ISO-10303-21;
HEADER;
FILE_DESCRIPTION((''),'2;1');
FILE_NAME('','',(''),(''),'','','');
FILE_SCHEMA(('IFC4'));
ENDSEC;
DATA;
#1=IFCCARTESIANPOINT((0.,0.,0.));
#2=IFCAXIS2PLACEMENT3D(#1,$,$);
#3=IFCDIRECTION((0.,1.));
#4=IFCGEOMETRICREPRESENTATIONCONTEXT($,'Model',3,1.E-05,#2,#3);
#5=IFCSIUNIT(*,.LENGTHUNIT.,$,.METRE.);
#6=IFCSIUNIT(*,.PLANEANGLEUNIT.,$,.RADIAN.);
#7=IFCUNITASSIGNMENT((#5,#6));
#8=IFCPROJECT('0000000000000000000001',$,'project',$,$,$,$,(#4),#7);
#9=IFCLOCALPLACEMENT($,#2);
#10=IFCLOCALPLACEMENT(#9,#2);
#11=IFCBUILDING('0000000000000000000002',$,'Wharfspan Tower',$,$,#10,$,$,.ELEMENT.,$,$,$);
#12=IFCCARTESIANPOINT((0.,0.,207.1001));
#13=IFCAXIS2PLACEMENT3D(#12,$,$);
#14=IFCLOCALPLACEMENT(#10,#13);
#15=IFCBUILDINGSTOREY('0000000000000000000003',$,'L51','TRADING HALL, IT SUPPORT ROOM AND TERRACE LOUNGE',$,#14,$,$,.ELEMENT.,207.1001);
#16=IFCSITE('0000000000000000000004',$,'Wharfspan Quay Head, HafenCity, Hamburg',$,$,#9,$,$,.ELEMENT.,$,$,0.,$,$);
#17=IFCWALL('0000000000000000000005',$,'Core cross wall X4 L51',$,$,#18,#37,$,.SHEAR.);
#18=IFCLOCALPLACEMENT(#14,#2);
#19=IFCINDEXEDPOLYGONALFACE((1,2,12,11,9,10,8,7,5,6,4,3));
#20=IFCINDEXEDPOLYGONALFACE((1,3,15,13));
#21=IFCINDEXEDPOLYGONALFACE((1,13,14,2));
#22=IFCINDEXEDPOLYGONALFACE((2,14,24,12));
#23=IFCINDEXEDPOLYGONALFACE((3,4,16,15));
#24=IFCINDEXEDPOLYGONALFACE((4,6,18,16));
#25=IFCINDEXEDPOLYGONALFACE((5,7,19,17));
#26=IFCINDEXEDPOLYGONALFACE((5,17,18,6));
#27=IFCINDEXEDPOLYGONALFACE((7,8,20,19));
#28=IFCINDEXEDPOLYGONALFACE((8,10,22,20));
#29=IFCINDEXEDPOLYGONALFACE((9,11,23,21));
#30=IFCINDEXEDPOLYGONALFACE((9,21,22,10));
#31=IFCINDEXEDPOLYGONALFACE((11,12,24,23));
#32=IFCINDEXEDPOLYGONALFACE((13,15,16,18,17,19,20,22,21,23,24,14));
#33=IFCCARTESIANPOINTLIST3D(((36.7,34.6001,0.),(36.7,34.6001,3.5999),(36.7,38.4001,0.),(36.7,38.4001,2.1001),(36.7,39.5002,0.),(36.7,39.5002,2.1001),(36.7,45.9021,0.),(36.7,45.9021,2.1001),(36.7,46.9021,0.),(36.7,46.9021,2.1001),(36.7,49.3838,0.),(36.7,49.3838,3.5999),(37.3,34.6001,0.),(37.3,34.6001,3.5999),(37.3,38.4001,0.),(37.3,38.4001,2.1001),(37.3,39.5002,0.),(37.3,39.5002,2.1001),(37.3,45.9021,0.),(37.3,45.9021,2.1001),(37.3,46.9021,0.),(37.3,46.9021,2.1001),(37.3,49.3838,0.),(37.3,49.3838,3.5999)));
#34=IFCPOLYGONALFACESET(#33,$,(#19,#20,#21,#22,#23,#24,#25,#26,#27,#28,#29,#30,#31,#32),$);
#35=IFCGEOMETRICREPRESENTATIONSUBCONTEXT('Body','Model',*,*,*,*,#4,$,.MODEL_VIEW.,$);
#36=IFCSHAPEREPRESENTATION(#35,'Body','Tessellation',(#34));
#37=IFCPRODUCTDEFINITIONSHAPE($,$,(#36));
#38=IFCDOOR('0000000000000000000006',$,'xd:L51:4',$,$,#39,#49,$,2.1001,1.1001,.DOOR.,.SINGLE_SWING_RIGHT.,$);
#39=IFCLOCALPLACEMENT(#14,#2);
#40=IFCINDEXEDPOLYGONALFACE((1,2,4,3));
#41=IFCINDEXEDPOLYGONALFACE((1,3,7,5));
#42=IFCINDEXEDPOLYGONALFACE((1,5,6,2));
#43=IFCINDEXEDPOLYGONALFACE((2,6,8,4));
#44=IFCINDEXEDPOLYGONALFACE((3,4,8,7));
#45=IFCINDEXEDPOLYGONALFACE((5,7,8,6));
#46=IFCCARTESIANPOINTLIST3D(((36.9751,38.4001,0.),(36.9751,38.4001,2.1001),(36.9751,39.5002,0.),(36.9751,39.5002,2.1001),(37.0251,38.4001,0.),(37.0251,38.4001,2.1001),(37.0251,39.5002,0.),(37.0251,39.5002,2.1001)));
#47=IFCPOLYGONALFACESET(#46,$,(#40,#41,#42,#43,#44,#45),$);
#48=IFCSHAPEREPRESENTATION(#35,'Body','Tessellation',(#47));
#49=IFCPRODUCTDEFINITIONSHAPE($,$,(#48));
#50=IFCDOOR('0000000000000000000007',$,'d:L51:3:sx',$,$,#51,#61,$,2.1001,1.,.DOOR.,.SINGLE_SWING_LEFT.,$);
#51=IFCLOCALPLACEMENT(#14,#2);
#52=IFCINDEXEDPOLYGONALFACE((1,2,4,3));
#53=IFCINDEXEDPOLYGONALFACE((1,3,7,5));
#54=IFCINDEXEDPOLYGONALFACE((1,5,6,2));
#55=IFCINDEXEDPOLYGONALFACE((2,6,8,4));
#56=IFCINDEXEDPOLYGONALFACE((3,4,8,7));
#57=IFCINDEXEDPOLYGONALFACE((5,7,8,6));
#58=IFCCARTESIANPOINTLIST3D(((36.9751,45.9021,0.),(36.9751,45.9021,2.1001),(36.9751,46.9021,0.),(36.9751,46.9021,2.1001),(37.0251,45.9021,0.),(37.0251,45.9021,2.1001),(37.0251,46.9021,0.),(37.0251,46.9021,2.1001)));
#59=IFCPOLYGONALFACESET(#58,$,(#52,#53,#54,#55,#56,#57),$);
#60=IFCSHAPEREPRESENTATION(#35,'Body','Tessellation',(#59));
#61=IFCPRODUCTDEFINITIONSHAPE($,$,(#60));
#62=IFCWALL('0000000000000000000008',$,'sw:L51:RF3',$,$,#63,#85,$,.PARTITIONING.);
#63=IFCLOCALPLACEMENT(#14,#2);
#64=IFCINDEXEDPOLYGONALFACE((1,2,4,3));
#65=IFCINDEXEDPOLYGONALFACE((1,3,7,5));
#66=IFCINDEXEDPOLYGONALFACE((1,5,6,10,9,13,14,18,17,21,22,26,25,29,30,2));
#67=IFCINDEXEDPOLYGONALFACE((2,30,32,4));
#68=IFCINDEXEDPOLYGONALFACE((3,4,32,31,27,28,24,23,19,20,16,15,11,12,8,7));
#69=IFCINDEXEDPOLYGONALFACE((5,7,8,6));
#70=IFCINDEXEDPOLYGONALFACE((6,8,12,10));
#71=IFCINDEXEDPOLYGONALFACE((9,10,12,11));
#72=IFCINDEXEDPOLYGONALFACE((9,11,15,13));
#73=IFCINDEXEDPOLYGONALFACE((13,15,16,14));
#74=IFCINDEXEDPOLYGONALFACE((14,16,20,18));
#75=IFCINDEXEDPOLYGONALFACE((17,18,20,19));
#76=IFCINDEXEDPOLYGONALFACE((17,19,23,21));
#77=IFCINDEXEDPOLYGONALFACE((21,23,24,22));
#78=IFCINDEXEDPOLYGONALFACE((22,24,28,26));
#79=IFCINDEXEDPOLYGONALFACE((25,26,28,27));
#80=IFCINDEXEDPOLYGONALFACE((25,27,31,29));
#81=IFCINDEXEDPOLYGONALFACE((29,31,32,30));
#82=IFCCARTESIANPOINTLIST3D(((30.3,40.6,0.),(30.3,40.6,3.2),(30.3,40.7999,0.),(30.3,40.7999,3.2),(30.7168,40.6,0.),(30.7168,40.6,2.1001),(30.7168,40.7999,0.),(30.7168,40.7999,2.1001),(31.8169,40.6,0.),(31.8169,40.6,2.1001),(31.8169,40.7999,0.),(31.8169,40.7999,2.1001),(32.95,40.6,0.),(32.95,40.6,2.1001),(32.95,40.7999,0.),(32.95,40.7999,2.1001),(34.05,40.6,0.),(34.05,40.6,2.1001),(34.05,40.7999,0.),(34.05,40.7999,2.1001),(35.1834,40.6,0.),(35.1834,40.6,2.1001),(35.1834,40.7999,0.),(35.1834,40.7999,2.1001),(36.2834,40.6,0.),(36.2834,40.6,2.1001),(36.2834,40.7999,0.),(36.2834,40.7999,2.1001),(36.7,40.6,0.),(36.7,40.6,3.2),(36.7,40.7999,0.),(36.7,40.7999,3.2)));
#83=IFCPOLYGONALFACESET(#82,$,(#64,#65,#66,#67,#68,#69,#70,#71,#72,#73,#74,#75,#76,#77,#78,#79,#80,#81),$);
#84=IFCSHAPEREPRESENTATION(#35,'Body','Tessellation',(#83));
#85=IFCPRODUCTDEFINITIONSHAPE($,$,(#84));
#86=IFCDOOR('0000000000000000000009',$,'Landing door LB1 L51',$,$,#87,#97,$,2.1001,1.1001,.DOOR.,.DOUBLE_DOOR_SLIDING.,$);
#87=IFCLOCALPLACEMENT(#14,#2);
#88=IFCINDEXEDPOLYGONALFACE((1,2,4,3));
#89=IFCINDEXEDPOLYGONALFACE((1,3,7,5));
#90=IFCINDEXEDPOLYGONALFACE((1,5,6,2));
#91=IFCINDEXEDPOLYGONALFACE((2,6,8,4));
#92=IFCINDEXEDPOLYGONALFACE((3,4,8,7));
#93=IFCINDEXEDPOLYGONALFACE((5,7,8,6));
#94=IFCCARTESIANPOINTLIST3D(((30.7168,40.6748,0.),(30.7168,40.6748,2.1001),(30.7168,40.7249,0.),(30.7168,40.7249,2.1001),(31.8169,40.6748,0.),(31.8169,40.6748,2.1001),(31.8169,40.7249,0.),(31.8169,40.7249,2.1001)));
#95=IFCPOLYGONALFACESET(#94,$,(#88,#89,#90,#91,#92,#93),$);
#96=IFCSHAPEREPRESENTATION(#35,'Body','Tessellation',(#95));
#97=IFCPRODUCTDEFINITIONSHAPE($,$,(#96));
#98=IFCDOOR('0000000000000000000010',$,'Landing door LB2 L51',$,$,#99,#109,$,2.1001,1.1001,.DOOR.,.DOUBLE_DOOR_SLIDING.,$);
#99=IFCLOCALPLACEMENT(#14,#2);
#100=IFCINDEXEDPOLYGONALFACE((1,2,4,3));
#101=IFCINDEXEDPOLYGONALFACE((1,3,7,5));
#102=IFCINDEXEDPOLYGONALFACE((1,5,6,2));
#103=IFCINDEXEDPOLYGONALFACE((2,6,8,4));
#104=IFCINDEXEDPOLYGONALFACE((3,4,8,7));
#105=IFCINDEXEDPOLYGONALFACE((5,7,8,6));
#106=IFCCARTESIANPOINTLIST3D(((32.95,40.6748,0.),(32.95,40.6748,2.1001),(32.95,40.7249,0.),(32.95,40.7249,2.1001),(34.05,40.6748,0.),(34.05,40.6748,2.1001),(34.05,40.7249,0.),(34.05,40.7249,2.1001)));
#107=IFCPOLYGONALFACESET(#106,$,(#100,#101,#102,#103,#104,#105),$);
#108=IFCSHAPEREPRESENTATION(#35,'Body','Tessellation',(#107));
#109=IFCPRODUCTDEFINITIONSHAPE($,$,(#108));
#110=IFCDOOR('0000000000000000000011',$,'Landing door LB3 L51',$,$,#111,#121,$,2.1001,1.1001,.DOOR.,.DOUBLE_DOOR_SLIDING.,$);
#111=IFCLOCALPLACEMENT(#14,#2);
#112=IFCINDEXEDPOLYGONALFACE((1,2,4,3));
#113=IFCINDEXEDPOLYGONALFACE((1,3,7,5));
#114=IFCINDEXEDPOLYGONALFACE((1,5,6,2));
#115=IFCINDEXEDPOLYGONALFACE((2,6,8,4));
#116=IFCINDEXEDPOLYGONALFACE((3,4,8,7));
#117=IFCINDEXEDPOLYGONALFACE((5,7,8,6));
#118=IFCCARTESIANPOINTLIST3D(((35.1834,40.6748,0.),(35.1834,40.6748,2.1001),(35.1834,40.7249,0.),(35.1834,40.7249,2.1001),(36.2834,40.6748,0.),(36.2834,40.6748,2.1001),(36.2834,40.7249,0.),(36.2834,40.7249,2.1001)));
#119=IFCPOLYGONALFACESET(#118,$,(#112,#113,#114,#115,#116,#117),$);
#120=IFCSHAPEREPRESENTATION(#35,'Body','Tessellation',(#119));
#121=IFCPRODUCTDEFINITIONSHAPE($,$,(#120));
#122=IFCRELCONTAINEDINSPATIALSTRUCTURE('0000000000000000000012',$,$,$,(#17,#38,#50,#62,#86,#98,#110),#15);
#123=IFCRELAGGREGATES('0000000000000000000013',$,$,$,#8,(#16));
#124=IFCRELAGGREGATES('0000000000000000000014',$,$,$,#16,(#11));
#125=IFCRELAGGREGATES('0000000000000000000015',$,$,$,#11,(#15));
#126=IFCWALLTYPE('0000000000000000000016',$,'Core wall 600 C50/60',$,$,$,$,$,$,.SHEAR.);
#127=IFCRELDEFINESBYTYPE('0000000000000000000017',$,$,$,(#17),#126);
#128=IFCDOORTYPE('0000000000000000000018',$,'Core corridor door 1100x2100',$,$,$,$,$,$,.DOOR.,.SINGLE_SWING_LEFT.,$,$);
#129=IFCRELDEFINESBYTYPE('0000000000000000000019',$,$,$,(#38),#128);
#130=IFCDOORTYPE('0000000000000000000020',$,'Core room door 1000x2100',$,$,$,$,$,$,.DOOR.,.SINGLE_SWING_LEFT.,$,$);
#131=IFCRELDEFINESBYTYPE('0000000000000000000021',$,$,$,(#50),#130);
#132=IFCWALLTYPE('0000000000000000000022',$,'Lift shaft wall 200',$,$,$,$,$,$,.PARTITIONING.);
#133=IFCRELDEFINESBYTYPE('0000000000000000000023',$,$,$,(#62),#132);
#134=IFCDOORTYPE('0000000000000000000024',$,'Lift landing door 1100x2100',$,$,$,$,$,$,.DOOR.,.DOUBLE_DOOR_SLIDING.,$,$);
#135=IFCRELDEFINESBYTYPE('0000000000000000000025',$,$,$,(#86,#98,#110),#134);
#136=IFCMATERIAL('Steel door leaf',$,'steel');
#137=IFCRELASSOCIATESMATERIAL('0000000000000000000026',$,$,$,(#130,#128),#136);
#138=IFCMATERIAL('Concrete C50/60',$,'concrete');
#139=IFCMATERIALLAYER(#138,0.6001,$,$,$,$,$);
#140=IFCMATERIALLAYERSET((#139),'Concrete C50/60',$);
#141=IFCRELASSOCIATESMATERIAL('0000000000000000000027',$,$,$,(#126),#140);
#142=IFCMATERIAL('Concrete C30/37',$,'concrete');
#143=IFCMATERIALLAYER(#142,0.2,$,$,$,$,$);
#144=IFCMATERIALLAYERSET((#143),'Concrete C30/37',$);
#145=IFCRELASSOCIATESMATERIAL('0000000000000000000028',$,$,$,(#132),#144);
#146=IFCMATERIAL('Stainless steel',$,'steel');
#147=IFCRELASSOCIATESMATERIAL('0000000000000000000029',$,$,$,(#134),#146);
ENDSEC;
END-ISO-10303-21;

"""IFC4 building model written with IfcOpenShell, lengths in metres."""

from ifc_helpers import new_model, si_unit, direction, frame, frame_2d, origin, place, context, subcontext, project, spatial, rectangle, extrude, material, layer, layer_set, type_object, element, fill, save


model = new_model("IFC4")

# Units and contexts
model_context = context("Model", 3, precision=1e-05, world=origin(), true_north=direction((0.0, 1.0)))
body_context = subcontext(model_context, "Body", "Model", "MODEL_VIEW")
ifc_project = project(units=[si_unit("LENGTHUNIT", "METRE"), si_unit("PLANEANGLEUNIT", "RADIAN")], contexts=[model_context])

# Site, building, storey
site_placement = place(None, origin())
site = spatial("IfcSite", under=ifc_project, at=site_placement, Name="Wharfspan Quay Head, HafenCity, Hamburg", CompositionType="ELEMENT", RefElevation=0.0)
building_placement = place(site_placement, origin())
building = spatial("IfcBuilding", under=site, at=building_placement, Name="Wharfspan Tower", CompositionType="ELEMENT")
storey_placement = place(building_placement, frame((0.0, 0.0, 207.1001)))
storey = spatial("IfcBuildingStorey", under=building, at=storey_placement, Name="L51", Description="TRADING HALL, IT SUPPORT ROOM AND TERRACE LOUNGE", CompositionType="ELEMENT", Elevation=207.1001)

# Shared definitions
ifc_material_1 = material(Name="Steel door leaf", Category="steel")
door_type_1 = type_object("IfcDoorType", Name="Core room door 1000x2100", OperationType="SINGLE_SWING_LEFT", PredefinedType="DOOR", material=ifc_material_1)
ifc_material_2 = material(Name="Concrete C50/60", Category="concrete")
ifc_layer_1 = layer(ifc_material_2, 0.6001)
ifc_layer_set_1 = layer_set([ifc_layer_1], Name="Concrete C50/60")
wall_type_1 = type_object("IfcWallType", Name="Core wall 600 C50/60", PredefinedType="SHEAR", material=ifc_layer_set_1)
door_type_2 = type_object("IfcDoorType", Name="Core corridor door 1100x2100", OperationType="SINGLE_SWING_LEFT", PredefinedType="DOOR", material=ifc_material_1)

# Walls, openings, doors
wall_1_placement = place(storey_placement, frame((37.0, 34.6001, 0.0), z_axis=(0.0, 0.0, 1.0), x_axis=(0.0, 1.0, 0.0)))
wall_1 = element("IfcWall", 1, at=wall_1_placement, inside=storey, type_object=wall_type_1, Name="Core cross wall X4 L51", PredefinedType="SHEAR", context=body_context, shape_type="SweptSolid", body=[
    extrude(rectangle(XDim=14.7837, YDim=0.6001, at=frame_2d((7.3918, 0.0))), origin(), (0.0, 0.0, 1.0), 3.5999),
])
opening_1_placement = place(wall_1_placement, frame((11.302, 0.0, 0.0)))
opening_1 = element("IfcOpeningElement", 2, at=opening_1_placement, cuts=wall_1, PredefinedType="OPENING", context=body_context, shape_type="SweptSolid", body=[
    extrude(rectangle(XDim=1.0, YDim=2.1001, at=frame_2d((0.5, 1.05))), frame((0.0, 0.3101, 0.0), z_axis=(0.0, -1.0, 0.0), x_axis=(1.0, 0.0, 0.0)), (0.0, 0.0, 1.0), 0.6201),
])
opening_2_placement = place(wall_1_placement, frame((3.8, 0.0, 0.0)))
opening_2 = element("IfcOpeningElement", 3, at=opening_2_placement, cuts=wall_1, PredefinedType="OPENING", context=body_context, shape_type="SweptSolid", body=[
    extrude(rectangle(XDim=1.1001, YDim=2.1001, at=frame_2d((0.55, 1.05))), frame((0.0, 0.3101, 0.0), z_axis=(0.0, -1.0, 0.0), x_axis=(1.0, 0.0, 0.0)), (0.0, 0.0, 1.0), 0.6201),
])
door_1_placement = place(opening_2_placement, origin())
door_1 = element("IfcDoor", 4, at=door_1_placement, inside=storey, type_object=door_type_2, Name="xd:L51:4", OperationType="SINGLE_SWING_RIGHT", OverallHeight=2.1001, OverallWidth=1.1001, PredefinedType="DOOR", context=body_context, shape_type="SweptSolid", body=[
    extrude(rectangle(XDim=1.1001, YDim=2.1001, at=frame_2d((0.55, 1.05))), frame((0.0, 0.0249, 0.0), z_axis=(0.0, -1.0, 0.0), x_axis=(1.0, 0.0, 0.0)), (0.0, 0.0, 1.0), 0.05),
])
fill(opening_2, door_1)
door_2_placement = place(opening_1_placement, origin())
door_2 = element("IfcDoor", 5, at=door_2_placement, inside=storey, type_object=door_type_1, Name="d:L51:3:sx", OperationType="SINGLE_SWING_LEFT", OverallHeight=2.1001, OverallWidth=1.0, PredefinedType="DOOR", context=body_context, shape_type="SweptSolid", body=[
    extrude(rectangle(XDim=1.0, YDim=2.1001, at=frame_2d((0.5, 1.05))), frame((0.0, 0.0249, 0.0), z_axis=(0.0, -1.0, 0.0), x_axis=(1.0, 0.0, 0.0)), (0.0, 0.0, 1.0), 0.05),
])
fill(opening_1, door_2)
ifc_material_3 = material(Name="Concrete C30/37", Category="concrete")
ifc_layer_2 = layer(ifc_material_3, 0.2)
ifc_layer_set_2 = layer_set([ifc_layer_2], Name="Concrete C30/37")
wall_type_2 = type_object("IfcWallType", Name="Lift shaft wall 200", PredefinedType="PARTITIONING", material=ifc_layer_set_2)
wall_2_placement = place(storey_placement, frame((30.3, 40.7, 0.0), z_axis=(0.0, 0.0, 1.0), x_axis=(1.0, 0.0, 0.0)))
wall_2 = element("IfcWall", 6, at=wall_2_placement, inside=storey, type_object=wall_type_2, Name="sw:L51:RF3", PredefinedType="PARTITIONING", context=body_context, shape_type="SweptSolid", body=[
    extrude(rectangle(XDim=6.3999, YDim=0.2, at=frame_2d((3.2, 0.0))), origin(), (0.0, 0.0, 1.0), 3.2),
])
opening_3_placement = place(wall_2_placement, frame((0.4167, 0.0, 0.0)))
opening_3 = element("IfcOpeningElement", 7, at=opening_3_placement, cuts=wall_2, PredefinedType="OPENING", context=body_context, shape_type="SweptSolid", body=[
    extrude(rectangle(XDim=1.1001, YDim=2.1001, at=frame_2d((0.55, 1.05))), frame((0.0, 0.1099, 0.0), z_axis=(0.0, -1.0, 0.0), x_axis=(1.0, 0.0, 0.0)), (0.0, 0.0, 1.0), 0.22),
])
opening_4_placement = place(wall_2_placement, frame((2.6499, 0.0, 0.0)))
opening_4 = element("IfcOpeningElement", 8, at=opening_4_placement, cuts=wall_2, PredefinedType="OPENING", context=body_context, shape_type="SweptSolid", body=[
    extrude(rectangle(XDim=1.1001, YDim=2.1001, at=frame_2d((0.55, 1.05))), frame((0.0, 0.1099, 0.0), z_axis=(0.0, -1.0, 0.0), x_axis=(1.0, 0.0, 0.0)), (0.0, 0.0, 1.0), 0.22),
])
opening_5_placement = place(wall_2_placement, frame((4.8833, 0.0, 0.0)))
opening_5 = element("IfcOpeningElement", 9, at=opening_5_placement, cuts=wall_2, PredefinedType="OPENING", context=body_context, shape_type="SweptSolid", body=[
    extrude(rectangle(XDim=1.1001, YDim=2.1001, at=frame_2d((0.55, 1.05))), frame((0.0, 0.1099, 0.0), z_axis=(0.0, -1.0, 0.0), x_axis=(1.0, 0.0, 0.0)), (0.0, 0.0, 1.0), 0.22),
])
ifc_material_4 = material(Name="Stainless steel", Category="steel")
door_type_3 = type_object("IfcDoorType", Name="Lift landing door 1100x2100", OperationType="DOUBLE_DOOR_SLIDING", PredefinedType="DOOR", material=ifc_material_4)
door_3_placement = place(opening_3_placement, origin())
door_3 = element("IfcDoor", 10, at=door_3_placement, inside=storey, type_object=door_type_3, Name="Landing door LB1 L51", OperationType="DOUBLE_DOOR_SLIDING", OverallHeight=2.1001, OverallWidth=1.1001, PredefinedType="DOOR", context=body_context, shape_type="SweptSolid", body=[
    extrude(rectangle(XDim=1.1001, YDim=2.1001, at=frame_2d((0.55, 1.05))), frame((0.0, 0.0249, 0.0), z_axis=(0.0, -1.0, 0.0), x_axis=(1.0, 0.0, 0.0)), (0.0, 0.0, 1.0), 0.05),
])
fill(opening_3, door_3)
door_4_placement = place(opening_4_placement, origin())
door_4 = element("IfcDoor", 11, at=door_4_placement, inside=storey, type_object=door_type_3, Name="Landing door LB2 L51", OperationType="DOUBLE_DOOR_SLIDING", OverallHeight=2.1001, OverallWidth=1.1001, PredefinedType="DOOR", context=body_context, shape_type="SweptSolid", body=[
    extrude(rectangle(XDim=1.1001, YDim=2.1001, at=frame_2d((0.55, 1.05))), frame((0.0, 0.0249, 0.0), z_axis=(0.0, -1.0, 0.0), x_axis=(1.0, 0.0, 0.0)), (0.0, 0.0, 1.0), 0.05),
])
fill(opening_4, door_4)
door_5_placement = place(opening_5_placement, origin())
door_5 = element("IfcDoor", 12, at=door_5_placement, inside=storey, type_object=door_type_3, Name="Landing door LB3 L51", OperationType="DOUBLE_DOOR_SLIDING", OverallHeight=2.1001, OverallWidth=1.1001, PredefinedType="DOOR", context=body_context, shape_type="SweptSolid", body=[
    extrude(rectangle(XDim=1.1001, YDim=2.1001, at=frame_2d((0.55, 1.05))), frame((0.0, 0.0249, 0.0), z_axis=(0.0, -1.0, 0.0), x_axis=(1.0, 0.0, 0.0)), (0.0, 0.0, 1.0), 0.05),
])
fill(opening_5, door_5)

save(model, "model.ifc")
